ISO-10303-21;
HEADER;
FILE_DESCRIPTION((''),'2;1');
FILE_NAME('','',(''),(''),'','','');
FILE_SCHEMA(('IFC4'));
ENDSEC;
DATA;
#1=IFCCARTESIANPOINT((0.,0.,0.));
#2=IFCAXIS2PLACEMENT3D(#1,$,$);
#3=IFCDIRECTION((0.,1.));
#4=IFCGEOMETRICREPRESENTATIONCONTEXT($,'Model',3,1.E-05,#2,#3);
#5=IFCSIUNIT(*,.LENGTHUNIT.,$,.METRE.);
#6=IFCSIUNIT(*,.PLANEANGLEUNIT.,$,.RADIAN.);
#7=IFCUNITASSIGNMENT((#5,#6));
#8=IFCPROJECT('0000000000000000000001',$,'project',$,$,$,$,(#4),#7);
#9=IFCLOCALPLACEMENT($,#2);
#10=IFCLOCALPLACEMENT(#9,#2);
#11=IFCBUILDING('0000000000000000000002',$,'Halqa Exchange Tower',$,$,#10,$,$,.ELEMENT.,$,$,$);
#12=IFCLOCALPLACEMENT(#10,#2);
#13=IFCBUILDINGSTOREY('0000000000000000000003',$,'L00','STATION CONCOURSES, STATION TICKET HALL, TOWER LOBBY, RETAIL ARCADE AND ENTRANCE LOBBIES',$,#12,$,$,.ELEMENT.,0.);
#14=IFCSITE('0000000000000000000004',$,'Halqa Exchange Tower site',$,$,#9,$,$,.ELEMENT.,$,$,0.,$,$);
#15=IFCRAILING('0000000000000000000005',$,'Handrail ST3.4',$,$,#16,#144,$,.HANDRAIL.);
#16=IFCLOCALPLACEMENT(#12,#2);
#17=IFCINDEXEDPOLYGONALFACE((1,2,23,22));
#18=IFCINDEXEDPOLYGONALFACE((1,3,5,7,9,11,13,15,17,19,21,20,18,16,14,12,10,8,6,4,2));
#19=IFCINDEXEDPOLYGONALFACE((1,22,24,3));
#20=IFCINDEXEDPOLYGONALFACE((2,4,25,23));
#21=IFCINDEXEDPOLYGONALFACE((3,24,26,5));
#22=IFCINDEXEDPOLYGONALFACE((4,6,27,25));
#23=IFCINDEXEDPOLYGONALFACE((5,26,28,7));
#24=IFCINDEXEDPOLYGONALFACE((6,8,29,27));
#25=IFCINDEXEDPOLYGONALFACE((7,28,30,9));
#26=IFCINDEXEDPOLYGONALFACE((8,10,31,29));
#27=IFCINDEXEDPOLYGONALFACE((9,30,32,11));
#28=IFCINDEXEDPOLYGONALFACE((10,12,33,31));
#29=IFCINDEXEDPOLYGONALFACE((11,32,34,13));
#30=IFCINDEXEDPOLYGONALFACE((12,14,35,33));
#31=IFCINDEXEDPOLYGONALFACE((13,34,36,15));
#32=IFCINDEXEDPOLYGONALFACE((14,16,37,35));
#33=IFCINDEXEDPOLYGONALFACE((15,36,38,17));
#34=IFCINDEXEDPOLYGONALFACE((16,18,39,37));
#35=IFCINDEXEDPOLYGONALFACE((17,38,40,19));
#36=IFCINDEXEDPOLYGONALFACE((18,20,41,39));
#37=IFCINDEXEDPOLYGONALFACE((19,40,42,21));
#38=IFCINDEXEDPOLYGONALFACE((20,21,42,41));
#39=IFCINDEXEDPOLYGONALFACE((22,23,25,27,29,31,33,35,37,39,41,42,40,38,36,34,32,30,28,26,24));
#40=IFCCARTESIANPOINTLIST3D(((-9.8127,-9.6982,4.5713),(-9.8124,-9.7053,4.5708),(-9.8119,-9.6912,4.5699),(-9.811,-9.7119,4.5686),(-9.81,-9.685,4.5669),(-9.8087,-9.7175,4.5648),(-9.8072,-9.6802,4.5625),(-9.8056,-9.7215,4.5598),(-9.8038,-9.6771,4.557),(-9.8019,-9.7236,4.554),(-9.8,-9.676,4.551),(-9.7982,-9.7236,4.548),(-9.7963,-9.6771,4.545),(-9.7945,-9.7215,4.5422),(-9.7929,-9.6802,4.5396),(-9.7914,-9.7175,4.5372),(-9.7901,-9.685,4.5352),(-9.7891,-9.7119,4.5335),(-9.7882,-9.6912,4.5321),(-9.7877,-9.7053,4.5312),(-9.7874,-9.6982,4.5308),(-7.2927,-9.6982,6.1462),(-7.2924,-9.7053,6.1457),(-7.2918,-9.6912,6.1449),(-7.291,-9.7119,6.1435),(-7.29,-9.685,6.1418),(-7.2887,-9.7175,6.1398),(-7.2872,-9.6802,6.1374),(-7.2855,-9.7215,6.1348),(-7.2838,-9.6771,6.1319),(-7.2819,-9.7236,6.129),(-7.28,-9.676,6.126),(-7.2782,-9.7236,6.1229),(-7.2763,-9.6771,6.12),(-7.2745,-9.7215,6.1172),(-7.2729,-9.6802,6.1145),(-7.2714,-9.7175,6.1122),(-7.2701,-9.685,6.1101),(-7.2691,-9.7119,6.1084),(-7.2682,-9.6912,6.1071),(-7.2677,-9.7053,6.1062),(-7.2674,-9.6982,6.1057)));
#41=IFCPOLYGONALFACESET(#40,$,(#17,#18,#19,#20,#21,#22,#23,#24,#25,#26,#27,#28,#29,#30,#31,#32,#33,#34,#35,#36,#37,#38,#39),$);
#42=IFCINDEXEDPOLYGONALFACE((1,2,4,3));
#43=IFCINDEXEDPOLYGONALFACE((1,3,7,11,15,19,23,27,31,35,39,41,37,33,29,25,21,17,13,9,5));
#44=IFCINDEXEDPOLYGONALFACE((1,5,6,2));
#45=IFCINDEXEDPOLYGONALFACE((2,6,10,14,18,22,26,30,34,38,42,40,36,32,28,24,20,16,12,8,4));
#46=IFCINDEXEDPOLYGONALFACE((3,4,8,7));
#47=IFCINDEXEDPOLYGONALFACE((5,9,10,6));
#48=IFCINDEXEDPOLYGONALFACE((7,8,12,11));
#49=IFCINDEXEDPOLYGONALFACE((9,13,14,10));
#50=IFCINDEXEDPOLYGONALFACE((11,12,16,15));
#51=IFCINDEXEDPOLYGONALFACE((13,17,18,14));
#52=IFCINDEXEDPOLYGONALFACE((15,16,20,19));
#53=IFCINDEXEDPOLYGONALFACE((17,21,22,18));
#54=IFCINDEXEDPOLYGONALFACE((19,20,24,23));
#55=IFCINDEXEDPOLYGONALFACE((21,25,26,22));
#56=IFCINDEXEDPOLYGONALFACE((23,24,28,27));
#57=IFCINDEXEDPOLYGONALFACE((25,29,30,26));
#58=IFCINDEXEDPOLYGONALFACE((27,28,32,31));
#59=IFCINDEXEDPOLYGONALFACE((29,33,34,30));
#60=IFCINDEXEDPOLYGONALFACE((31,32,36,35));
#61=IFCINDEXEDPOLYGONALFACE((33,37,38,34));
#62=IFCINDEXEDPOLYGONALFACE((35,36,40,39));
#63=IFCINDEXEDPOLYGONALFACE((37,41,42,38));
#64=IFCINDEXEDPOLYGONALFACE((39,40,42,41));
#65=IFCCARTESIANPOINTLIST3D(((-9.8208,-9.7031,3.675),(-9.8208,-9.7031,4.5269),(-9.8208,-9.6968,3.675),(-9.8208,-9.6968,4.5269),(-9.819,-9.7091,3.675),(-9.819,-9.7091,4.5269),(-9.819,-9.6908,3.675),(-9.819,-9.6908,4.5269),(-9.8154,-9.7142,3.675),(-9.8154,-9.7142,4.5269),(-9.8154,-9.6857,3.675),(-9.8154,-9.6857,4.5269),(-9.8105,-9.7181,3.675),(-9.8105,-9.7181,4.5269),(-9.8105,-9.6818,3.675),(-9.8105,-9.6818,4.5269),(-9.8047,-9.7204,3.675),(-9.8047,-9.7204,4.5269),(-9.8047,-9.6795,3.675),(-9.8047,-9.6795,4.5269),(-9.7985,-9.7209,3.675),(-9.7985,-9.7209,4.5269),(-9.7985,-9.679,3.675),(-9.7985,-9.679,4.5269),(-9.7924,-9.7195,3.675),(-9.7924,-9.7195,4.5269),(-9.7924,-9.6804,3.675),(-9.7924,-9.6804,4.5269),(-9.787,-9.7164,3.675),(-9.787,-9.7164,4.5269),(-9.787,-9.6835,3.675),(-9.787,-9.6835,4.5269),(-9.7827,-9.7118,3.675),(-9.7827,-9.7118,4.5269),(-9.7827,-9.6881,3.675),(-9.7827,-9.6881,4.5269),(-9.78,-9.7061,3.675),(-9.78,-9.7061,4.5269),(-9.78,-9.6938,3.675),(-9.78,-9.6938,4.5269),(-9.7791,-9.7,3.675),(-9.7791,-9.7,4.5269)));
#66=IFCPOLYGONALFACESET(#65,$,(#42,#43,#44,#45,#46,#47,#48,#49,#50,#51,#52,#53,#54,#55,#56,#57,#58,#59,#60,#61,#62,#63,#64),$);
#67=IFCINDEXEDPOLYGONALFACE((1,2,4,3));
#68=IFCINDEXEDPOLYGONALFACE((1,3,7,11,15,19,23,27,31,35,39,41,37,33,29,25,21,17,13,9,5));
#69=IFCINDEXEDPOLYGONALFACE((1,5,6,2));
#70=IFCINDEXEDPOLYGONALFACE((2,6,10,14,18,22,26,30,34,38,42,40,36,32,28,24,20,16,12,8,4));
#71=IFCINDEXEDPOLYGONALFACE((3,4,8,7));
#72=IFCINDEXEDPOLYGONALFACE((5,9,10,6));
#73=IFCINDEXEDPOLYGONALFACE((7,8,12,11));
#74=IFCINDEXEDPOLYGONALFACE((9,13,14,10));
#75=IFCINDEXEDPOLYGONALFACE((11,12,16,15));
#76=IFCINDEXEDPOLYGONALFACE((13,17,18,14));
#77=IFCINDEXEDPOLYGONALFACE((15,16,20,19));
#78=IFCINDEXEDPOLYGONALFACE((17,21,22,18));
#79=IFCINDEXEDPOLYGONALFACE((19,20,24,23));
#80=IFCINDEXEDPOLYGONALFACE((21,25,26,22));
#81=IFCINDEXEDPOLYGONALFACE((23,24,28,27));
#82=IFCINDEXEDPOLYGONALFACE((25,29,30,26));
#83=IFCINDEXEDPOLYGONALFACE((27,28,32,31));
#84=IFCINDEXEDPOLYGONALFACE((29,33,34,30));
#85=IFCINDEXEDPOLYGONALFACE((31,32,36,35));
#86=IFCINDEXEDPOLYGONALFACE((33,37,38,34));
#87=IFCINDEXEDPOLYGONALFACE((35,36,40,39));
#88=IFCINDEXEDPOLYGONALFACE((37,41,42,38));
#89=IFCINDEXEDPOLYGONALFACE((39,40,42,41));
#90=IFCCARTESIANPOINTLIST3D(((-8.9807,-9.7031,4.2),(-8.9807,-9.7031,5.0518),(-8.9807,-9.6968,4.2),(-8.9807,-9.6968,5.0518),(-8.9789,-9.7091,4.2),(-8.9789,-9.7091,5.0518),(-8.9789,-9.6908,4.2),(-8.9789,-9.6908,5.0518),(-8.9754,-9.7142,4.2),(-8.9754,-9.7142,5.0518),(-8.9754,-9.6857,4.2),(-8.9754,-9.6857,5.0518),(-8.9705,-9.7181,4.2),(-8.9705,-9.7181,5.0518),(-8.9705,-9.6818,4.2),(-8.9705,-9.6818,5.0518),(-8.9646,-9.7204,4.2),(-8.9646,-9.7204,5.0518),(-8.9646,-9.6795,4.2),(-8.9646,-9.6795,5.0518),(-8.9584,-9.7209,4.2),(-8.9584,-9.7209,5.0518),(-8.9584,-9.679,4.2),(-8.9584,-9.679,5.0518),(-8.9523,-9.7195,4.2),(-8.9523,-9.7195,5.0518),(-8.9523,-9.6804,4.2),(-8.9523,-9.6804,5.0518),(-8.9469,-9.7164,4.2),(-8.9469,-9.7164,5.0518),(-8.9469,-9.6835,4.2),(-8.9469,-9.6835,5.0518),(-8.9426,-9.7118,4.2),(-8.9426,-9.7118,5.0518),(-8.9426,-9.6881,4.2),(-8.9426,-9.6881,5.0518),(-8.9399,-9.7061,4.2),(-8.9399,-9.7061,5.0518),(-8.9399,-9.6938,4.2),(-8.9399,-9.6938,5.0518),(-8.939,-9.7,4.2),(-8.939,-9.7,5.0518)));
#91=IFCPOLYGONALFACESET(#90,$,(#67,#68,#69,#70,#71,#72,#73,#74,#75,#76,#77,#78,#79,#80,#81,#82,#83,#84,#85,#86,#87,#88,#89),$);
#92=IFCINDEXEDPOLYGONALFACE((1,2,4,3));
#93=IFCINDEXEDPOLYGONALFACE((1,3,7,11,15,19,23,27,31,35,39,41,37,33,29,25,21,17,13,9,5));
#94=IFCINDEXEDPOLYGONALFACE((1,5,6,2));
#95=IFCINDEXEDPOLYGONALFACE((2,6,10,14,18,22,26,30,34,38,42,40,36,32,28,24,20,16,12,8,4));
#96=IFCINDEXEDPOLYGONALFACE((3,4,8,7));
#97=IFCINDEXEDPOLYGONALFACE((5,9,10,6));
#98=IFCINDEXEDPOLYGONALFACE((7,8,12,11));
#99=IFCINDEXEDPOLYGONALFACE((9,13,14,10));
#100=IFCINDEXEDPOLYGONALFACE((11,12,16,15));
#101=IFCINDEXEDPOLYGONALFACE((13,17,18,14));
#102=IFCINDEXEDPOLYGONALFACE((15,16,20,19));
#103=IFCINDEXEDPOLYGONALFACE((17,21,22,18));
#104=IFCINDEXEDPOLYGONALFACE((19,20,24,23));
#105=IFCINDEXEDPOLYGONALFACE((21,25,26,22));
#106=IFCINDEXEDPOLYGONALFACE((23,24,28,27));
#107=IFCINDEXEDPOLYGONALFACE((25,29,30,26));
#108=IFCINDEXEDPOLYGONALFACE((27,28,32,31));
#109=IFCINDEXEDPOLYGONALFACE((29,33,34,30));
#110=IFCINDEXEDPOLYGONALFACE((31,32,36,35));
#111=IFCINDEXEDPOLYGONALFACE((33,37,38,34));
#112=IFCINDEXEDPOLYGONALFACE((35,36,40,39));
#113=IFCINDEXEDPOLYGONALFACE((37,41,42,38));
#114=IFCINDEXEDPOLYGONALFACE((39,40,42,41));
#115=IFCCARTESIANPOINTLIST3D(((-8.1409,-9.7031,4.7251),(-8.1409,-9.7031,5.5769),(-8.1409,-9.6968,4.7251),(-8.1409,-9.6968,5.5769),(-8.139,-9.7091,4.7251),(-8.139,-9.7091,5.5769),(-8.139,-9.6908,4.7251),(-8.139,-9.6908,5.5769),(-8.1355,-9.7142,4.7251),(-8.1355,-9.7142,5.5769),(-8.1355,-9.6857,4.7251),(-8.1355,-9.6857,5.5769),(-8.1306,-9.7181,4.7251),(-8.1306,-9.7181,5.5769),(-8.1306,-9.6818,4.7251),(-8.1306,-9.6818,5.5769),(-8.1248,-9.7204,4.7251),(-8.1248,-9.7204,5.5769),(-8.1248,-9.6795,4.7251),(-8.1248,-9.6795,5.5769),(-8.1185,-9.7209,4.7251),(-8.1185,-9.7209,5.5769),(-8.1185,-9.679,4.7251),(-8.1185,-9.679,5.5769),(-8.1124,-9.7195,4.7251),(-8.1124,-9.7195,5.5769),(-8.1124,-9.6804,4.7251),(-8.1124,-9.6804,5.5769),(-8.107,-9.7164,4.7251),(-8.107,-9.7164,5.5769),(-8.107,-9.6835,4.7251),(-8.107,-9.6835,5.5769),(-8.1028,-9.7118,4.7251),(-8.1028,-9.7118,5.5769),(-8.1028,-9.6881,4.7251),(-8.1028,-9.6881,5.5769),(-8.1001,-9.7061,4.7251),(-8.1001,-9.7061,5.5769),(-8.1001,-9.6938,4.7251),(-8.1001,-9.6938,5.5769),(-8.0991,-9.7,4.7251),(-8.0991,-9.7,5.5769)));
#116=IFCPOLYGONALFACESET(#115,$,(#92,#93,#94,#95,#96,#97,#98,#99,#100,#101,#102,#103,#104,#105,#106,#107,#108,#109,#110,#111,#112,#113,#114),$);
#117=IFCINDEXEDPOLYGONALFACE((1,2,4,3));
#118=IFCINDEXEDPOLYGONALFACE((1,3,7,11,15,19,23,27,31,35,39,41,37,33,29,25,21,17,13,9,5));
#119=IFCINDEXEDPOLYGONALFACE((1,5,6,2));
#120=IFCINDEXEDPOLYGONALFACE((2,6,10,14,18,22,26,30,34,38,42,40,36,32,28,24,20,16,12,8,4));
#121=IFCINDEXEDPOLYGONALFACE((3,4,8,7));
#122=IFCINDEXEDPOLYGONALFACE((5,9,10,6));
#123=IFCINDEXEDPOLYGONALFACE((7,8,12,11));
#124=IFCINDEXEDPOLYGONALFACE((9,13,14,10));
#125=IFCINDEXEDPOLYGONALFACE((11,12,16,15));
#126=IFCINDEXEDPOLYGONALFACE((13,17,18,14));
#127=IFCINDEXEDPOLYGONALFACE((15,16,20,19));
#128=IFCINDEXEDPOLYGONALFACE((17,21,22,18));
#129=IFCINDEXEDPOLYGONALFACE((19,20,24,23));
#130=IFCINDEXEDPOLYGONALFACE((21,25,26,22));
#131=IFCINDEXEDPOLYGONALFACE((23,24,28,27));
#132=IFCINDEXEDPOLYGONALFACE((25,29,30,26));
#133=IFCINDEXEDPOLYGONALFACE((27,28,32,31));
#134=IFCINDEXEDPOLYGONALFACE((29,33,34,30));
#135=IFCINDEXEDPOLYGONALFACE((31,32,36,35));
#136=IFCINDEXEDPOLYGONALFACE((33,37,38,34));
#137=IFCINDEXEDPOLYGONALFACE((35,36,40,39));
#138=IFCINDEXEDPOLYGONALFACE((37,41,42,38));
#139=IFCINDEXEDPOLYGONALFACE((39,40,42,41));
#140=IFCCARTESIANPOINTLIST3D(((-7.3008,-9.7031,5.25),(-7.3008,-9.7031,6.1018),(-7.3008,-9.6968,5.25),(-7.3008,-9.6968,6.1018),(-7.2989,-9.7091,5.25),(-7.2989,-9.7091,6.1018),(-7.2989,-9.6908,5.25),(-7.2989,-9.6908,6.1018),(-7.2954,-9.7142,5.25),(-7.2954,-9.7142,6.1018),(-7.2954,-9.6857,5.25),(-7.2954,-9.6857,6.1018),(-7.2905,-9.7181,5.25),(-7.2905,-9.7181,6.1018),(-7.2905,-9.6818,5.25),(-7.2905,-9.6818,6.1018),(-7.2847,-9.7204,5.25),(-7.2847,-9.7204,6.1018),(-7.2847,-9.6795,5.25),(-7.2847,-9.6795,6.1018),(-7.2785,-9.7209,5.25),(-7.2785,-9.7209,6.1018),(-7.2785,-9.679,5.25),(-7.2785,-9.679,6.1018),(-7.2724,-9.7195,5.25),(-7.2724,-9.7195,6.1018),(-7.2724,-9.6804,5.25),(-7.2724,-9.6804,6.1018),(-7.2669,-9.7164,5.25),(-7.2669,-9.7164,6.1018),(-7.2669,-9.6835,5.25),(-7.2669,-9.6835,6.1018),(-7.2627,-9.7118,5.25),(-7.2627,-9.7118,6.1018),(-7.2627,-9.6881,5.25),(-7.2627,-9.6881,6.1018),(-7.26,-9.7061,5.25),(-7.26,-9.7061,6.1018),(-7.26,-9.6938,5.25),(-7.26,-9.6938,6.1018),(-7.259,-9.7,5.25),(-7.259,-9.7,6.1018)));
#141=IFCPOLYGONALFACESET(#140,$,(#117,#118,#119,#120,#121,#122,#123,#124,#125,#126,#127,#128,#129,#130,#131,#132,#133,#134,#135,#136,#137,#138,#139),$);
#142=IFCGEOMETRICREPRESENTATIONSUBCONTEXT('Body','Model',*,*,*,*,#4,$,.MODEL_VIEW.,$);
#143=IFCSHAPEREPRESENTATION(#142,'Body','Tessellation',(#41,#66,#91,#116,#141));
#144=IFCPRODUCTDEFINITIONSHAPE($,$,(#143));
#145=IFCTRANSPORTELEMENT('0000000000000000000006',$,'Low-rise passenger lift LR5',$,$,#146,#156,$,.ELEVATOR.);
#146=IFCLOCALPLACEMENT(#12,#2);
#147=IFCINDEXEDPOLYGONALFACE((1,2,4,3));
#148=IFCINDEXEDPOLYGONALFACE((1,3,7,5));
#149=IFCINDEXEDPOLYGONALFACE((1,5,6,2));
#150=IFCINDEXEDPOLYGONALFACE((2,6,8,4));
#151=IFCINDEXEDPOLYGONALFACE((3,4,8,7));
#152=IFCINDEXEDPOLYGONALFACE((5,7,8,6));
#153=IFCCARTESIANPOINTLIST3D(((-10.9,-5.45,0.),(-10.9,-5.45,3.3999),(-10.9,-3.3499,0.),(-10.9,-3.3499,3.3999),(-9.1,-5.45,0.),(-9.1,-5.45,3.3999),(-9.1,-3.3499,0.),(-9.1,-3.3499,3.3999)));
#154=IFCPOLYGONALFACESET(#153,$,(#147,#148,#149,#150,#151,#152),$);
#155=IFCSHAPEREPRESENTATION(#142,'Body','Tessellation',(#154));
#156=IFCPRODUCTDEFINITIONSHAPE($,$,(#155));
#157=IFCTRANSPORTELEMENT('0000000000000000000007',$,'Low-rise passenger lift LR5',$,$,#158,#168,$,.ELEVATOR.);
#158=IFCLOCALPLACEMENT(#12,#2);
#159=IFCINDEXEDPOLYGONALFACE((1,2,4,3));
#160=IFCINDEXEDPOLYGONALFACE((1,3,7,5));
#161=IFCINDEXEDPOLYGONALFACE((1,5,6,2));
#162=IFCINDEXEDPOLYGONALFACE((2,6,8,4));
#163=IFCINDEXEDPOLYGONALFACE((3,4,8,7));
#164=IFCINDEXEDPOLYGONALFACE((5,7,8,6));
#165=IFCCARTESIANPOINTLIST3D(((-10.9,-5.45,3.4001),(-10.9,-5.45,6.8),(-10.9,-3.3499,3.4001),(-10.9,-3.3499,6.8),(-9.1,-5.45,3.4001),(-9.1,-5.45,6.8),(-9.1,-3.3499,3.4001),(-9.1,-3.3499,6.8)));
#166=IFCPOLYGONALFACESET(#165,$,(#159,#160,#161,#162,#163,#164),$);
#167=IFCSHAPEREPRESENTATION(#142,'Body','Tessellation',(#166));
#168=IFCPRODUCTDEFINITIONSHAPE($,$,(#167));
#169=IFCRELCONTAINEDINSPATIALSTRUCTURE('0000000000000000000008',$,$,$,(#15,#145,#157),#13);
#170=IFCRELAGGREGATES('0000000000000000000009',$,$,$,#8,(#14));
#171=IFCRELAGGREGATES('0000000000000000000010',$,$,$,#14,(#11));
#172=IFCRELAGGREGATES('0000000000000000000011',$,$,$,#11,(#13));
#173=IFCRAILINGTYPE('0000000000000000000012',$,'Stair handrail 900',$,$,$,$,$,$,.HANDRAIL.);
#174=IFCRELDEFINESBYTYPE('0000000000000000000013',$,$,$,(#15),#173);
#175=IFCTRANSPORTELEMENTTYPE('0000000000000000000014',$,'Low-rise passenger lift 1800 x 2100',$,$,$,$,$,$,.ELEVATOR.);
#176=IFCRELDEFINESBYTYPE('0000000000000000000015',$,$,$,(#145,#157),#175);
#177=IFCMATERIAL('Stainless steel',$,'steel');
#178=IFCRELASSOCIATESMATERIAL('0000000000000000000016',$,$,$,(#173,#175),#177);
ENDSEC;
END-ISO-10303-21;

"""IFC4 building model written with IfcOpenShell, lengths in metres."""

from ifc_helpers import new_model, si_unit, direction, frame, origin, origin_2d, place, context, subcontext, project, spatial, rectangle, circle, extrude, material, type_object, element, save


model = new_model("IFC4")

# Units and contexts
model_context = context("Model", 3, precision=1e-05, world=origin(), true_north=direction((0.0, 1.0)))
body_context = subcontext(model_context, "Body", "Model", "MODEL_VIEW")
ifc_project = project(units=[si_unit("LENGTHUNIT", "METRE"), si_unit("PLANEANGLEUNIT", "RADIAN")], contexts=[model_context])

# Site, building, storey
site_placement = place(None, origin())
site = spatial("IfcSite", under=ifc_project, at=site_placement, Name="Halqa Exchange Tower site", CompositionType="ELEMENT", RefElevation=0.0)
building_placement = place(site_placement, origin())
building = spatial("IfcBuilding", under=site, at=building_placement, Name="Halqa Exchange Tower", CompositionType="ELEMENT")
storey_placement = place(building_placement, origin())
storey = spatial("IfcBuildingStorey", under=building, at=storey_placement, Name="L00", Description="STATION CONCOURSES, STATION TICKET HALL, TOWER LOBBY, RETAIL ARCADE AND ENTRANCE LOBBIES", CompositionType="ELEMENT", Elevation=0.0)

# Shared definitions
ifc_material_1 = material(Name="Stainless steel", Category="steel")

# Railing
railing_type = type_object("IfcRailingType", Name="Stair handrail 900", PredefinedType="HANDRAIL", material=ifc_material_1)
for number, where, name in (
    (1, (-9.8, -9.7, 3.675), "Handrail ST3.4"),
):
    element("IfcRailing", number, at=place(storey_placement, frame(where)), inside=storey, type_object=railing_type, Name=name, PredefinedType="HANDRAIL", context=body_context, shape_type="SweptSolid", body=[
        extrude(circle(Radius=0.0239, at=origin_2d()), frame((0.0, 0.0, 0.876), z_axis=(0.848008, 0.0, 0.529984), x_axis=(0.0, 1.0, 0.0)), (0.0, 0.0, 1.0), 2.9717),
        extrude(circle(Radius=0.021, at=origin_2d()), origin(), (0.0, 0.0, 1.0), 0.8518),
        extrude(circle(Radius=0.021, at=origin_2d()), frame((0.8401, 0.0, 0.5249)), (0.0, 0.0, 1.0), 0.8518),
        extrude(circle(Radius=0.021, at=origin_2d()), frame((1.6799, 0.0, 1.05)), (0.0, 0.0, 1.0), 0.8518),
        extrude(circle(Radius=0.021, at=origin_2d()), frame((2.52, 0.0, 1.575)), (0.0, 0.0, 1.0), 0.8518),
    ])

# Transport elements
transport_element_type = type_object("IfcTransportElementType", Name="Low-rise passenger lift 1800 x 2100", PredefinedType="ELEVATOR", material=ifc_material_1)
for number, where, z_axis, x_axis, name in (
    (2, (-10.0, -4.3999, 0.0), (0.0, 0.0, 1.0), (1.0, 0.0, 0.0), "Low-rise passenger lift LR5"),
    (3, (-10.0, -4.3999, 3.4001), (0.0, 0.0, 1.0), (1.0, 0.0, 0.0), "Low-rise passenger lift LR5"),
):
    element("IfcTransportElement", number, at=place(storey_placement, frame(where, z_axis=z_axis, x_axis=x_axis)), inside=storey, type_object=transport_element_type, Name=name, PredefinedType="ELEVATOR", context=body_context, shape_type="SweptSolid", body=[
        extrude(rectangle(XDim=1.8, YDim=2.1001, at=origin_2d()), origin(), (0.0, 0.0, 1.0), 3.3999),
    ])

save(model, "model.ifc")
